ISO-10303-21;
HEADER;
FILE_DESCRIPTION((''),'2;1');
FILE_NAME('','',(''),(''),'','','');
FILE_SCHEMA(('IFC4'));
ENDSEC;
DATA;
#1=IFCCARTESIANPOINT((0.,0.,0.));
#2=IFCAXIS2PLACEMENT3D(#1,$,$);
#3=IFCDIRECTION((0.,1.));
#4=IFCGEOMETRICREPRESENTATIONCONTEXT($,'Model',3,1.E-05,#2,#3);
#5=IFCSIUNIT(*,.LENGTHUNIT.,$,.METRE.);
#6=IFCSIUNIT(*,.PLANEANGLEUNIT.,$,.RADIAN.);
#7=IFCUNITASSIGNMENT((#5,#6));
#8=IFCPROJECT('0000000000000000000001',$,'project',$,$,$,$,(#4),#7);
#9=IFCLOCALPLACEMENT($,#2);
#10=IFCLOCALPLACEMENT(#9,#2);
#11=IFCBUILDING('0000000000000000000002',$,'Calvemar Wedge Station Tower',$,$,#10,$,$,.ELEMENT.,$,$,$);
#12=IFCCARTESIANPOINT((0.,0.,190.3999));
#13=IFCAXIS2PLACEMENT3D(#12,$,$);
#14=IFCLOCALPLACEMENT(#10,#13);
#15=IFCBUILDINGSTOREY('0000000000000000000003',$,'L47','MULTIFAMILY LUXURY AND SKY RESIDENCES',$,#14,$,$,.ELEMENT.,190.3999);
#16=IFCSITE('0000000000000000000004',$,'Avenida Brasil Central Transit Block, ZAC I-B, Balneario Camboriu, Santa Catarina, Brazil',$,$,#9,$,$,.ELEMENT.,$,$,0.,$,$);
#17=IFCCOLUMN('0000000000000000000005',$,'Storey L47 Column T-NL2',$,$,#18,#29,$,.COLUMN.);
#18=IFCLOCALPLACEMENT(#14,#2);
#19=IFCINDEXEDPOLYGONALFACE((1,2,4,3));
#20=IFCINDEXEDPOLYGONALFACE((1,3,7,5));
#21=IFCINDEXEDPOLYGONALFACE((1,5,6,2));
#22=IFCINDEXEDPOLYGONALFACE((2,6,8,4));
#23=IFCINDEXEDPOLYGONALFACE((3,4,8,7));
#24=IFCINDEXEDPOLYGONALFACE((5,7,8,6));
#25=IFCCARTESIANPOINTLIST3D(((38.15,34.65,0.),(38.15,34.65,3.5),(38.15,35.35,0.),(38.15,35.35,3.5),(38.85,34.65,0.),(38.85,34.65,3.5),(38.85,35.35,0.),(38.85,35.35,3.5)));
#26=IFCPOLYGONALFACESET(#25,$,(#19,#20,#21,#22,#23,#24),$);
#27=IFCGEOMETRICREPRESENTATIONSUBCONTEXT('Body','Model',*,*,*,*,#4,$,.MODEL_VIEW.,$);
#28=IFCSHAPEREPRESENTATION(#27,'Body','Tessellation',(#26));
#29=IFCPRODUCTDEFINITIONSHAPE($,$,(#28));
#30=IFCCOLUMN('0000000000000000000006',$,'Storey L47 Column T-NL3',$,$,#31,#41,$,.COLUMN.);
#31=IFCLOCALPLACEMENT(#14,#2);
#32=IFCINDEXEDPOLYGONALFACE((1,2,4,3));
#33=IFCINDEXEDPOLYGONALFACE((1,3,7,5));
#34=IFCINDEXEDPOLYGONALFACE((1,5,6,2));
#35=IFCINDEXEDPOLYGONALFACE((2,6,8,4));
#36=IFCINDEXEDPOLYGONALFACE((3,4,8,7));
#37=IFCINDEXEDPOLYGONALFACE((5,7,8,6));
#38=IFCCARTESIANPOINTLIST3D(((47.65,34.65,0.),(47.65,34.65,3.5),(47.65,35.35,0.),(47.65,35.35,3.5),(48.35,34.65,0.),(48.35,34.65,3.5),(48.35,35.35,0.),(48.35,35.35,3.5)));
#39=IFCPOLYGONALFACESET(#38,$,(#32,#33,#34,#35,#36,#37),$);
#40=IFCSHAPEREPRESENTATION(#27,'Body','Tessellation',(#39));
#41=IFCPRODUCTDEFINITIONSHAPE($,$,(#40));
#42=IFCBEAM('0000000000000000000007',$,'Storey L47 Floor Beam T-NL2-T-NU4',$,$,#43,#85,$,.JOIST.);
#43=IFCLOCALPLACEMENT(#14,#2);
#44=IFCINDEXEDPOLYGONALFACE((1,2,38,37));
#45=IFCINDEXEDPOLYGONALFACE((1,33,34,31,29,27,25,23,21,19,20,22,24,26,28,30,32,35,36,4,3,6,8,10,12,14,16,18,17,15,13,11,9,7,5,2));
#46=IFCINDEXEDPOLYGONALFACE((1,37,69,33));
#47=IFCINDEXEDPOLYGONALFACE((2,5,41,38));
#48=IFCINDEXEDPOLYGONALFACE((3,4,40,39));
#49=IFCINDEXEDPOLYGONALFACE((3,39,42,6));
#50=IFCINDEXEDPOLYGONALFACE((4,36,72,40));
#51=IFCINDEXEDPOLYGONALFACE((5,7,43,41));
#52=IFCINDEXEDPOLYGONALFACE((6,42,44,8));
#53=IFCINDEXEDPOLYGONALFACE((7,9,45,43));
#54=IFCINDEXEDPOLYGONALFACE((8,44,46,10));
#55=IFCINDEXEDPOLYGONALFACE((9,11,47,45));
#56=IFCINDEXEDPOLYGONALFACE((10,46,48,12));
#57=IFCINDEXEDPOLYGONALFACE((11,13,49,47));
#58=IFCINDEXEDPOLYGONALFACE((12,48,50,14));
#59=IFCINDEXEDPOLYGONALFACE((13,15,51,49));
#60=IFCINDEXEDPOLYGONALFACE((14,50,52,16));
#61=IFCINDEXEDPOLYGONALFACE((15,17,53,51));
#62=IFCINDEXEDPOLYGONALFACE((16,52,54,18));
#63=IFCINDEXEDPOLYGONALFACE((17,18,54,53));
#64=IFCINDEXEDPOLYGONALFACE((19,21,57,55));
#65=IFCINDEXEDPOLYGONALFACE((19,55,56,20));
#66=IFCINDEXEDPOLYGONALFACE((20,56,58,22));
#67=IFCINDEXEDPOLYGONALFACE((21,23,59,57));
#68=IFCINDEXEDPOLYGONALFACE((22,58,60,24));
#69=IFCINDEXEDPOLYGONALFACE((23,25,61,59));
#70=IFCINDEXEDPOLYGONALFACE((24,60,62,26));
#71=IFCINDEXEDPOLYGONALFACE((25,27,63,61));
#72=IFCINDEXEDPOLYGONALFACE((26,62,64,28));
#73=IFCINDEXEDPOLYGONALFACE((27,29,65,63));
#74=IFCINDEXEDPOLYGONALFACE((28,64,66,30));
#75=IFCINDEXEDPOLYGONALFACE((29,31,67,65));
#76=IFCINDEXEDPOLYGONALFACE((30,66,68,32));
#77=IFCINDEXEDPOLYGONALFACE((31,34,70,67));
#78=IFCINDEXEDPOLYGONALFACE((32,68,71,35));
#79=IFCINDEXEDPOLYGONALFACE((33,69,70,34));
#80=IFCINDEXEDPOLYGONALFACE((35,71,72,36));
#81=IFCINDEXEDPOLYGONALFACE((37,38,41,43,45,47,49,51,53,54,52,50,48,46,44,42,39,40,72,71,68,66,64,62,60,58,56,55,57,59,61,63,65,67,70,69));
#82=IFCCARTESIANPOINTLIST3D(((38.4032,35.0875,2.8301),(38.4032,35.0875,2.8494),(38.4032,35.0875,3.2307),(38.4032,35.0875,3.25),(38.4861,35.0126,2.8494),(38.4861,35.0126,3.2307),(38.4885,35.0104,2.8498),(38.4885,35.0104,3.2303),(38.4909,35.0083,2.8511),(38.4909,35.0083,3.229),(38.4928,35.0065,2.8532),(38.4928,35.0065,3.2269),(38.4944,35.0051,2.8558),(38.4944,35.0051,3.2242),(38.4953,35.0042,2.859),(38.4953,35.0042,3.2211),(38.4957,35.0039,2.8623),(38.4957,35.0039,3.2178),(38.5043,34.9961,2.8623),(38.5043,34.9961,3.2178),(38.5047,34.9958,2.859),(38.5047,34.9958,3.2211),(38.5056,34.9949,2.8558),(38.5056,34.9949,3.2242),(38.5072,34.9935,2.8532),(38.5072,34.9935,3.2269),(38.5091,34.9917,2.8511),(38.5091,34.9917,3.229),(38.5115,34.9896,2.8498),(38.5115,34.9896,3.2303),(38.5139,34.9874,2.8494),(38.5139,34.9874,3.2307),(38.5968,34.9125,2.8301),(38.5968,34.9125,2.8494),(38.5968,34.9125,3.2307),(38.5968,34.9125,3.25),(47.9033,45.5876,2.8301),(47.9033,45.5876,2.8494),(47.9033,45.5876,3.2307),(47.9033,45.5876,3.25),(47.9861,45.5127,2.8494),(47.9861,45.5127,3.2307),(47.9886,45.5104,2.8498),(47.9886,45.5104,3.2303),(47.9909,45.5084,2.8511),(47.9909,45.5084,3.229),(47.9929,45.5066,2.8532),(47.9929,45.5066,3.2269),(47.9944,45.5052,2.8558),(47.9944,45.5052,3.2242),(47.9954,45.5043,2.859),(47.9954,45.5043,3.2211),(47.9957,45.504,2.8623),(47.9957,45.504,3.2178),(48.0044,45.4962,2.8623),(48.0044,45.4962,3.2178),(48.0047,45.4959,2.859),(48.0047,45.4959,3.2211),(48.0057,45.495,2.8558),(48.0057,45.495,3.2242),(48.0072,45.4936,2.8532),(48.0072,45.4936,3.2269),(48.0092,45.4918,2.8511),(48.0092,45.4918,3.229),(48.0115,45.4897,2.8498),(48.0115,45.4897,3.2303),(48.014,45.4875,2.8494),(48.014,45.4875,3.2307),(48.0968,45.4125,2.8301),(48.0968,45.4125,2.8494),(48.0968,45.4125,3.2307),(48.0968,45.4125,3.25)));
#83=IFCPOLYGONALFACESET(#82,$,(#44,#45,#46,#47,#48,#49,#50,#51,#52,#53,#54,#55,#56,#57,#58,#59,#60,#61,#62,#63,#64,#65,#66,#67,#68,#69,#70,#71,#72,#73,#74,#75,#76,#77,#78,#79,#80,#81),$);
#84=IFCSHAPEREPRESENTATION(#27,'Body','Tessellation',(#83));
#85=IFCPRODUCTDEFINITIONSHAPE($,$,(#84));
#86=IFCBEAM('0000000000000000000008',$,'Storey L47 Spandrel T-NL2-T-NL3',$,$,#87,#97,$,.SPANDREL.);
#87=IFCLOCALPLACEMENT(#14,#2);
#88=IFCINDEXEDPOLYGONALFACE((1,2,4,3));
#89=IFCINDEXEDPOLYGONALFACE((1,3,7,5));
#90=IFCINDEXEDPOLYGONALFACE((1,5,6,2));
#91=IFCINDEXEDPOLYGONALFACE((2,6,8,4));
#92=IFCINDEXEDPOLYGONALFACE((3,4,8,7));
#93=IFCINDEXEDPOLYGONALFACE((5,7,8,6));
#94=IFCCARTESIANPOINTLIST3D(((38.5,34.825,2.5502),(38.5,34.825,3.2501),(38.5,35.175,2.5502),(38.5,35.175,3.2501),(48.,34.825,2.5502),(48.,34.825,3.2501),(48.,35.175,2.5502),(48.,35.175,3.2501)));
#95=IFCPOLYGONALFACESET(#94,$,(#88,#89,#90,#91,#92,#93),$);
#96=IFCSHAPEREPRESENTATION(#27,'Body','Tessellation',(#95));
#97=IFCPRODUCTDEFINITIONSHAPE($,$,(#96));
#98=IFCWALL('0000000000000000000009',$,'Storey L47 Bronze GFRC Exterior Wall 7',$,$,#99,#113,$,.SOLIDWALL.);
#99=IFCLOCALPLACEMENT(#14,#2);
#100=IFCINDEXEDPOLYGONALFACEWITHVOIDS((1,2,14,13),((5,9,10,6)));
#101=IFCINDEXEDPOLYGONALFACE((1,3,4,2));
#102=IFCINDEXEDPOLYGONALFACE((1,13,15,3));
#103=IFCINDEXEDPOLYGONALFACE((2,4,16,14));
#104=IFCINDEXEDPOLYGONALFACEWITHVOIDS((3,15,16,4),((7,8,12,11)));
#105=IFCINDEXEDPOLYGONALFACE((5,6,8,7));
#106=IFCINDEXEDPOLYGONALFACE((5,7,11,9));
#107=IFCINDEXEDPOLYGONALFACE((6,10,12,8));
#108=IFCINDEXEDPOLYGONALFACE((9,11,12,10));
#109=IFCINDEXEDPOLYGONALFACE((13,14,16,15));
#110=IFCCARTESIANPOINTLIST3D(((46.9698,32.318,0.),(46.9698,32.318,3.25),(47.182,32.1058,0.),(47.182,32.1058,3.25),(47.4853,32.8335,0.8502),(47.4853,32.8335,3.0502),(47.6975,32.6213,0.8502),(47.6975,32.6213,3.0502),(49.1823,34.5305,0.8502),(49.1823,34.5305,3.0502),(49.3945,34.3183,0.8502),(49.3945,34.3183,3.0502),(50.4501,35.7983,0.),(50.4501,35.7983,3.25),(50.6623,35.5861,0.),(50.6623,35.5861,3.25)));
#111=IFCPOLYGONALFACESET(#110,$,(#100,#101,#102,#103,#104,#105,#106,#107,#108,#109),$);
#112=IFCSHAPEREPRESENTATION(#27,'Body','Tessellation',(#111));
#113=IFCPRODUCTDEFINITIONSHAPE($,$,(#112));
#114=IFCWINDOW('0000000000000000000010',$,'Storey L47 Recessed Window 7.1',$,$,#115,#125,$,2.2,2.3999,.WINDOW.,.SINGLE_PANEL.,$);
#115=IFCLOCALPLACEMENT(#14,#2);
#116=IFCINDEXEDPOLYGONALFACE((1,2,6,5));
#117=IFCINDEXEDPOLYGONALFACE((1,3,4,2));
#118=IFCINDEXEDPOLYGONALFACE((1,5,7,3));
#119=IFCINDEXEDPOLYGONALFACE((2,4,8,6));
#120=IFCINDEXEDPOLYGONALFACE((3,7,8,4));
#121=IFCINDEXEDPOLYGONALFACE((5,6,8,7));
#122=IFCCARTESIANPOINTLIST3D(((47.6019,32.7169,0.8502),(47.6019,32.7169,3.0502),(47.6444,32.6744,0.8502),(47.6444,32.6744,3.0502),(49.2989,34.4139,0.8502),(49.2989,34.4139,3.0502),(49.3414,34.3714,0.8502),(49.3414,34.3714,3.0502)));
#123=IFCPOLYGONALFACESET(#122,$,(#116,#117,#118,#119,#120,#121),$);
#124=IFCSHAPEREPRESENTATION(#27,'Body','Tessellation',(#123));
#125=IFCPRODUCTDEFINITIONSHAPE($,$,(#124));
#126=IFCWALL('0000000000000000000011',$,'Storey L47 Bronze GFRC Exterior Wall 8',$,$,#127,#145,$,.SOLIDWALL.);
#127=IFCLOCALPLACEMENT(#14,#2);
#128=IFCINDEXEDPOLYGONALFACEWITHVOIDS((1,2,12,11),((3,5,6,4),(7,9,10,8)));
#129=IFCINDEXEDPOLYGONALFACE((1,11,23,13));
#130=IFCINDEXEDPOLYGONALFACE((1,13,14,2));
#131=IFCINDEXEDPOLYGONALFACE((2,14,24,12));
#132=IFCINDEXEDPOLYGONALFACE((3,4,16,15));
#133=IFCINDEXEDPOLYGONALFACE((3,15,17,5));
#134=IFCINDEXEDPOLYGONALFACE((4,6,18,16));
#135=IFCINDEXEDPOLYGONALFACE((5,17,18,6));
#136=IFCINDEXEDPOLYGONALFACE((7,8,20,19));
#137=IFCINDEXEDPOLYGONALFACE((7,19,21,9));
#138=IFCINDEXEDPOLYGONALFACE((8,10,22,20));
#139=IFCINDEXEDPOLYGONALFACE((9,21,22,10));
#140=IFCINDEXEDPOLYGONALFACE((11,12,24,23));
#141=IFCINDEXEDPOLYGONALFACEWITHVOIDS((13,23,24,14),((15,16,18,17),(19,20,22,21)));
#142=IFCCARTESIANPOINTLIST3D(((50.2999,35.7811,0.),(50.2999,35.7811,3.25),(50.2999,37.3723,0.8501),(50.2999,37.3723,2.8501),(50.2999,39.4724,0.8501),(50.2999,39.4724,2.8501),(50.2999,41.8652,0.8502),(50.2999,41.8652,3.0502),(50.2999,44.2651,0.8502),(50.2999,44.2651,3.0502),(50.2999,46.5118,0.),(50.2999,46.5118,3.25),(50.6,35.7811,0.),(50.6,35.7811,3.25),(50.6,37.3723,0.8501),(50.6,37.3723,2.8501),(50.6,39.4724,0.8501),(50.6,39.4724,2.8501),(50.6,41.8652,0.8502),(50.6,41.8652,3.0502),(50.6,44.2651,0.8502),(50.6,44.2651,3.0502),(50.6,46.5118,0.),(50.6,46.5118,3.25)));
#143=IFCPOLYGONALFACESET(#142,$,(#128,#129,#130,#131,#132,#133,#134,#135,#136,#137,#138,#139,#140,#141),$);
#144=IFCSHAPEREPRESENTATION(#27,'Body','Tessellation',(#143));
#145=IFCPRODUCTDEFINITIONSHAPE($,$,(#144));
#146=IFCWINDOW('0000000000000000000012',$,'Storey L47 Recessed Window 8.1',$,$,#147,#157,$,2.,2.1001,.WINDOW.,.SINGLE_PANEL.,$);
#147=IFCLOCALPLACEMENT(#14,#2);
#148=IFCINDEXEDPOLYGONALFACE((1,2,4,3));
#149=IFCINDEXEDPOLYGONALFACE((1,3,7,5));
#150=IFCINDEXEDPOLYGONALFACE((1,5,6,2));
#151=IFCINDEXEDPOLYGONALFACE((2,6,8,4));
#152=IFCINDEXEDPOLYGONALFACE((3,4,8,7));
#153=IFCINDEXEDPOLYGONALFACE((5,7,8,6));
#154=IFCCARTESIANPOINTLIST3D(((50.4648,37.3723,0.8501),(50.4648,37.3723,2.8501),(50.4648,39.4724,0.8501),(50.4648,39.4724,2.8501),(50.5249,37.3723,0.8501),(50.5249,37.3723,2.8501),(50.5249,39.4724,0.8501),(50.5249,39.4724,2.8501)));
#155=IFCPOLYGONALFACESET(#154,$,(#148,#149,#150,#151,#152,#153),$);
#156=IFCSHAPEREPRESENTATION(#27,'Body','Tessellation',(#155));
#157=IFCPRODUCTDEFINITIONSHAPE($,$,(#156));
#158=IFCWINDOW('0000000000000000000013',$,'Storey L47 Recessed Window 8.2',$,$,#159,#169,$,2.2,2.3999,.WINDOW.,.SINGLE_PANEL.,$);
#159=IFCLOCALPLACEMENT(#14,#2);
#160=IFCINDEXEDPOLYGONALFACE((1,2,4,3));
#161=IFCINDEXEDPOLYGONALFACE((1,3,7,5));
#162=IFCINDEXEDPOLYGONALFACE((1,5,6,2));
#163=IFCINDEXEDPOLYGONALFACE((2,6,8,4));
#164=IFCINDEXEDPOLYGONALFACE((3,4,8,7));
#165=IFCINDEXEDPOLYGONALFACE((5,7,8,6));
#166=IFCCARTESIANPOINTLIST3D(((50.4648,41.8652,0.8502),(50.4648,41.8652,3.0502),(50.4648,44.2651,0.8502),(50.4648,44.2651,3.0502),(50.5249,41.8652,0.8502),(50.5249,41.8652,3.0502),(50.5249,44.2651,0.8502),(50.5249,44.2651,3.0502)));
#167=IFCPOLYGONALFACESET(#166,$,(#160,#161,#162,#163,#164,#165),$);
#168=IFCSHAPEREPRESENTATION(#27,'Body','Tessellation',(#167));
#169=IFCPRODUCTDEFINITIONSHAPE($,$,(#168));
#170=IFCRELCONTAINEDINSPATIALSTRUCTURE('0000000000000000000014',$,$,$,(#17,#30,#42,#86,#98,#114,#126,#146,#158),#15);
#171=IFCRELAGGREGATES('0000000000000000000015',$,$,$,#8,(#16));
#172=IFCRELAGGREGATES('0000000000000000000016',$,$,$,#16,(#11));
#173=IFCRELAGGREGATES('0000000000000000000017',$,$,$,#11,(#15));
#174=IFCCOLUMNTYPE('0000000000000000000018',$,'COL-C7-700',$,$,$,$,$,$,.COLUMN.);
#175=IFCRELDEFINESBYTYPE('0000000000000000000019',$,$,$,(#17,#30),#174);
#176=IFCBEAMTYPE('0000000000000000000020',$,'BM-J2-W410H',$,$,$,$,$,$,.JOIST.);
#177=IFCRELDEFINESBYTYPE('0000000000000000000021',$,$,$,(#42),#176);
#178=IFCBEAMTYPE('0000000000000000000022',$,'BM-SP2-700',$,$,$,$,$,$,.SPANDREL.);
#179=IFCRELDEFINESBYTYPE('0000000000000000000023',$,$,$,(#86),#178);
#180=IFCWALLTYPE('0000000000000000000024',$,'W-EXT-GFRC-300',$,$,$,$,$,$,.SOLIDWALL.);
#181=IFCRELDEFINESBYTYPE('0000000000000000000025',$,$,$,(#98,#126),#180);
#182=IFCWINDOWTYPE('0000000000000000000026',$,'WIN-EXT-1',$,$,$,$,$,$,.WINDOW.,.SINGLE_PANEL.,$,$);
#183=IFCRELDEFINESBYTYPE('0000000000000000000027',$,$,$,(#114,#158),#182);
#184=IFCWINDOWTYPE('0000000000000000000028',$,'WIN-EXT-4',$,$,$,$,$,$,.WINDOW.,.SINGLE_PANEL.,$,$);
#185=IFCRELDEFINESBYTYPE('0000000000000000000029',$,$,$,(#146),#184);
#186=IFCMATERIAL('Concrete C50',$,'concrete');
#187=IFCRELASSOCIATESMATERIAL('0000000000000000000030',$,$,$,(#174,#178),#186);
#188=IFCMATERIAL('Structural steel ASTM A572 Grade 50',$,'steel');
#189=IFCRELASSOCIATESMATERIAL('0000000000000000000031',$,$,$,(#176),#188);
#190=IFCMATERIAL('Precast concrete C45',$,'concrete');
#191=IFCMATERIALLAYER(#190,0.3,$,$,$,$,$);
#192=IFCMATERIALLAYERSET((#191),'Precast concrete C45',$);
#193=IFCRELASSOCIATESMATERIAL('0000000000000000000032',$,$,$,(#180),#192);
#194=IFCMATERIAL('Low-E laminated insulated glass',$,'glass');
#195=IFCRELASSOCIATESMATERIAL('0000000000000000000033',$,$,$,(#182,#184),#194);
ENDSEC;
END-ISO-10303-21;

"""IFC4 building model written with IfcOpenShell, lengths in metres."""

from ifc_helpers import new_model, si_unit, direction, frame, frame_2d, origin, origin_2d, place, context, subcontext, project, spatial, rectangle, i_section, extrude, source, transform, mapped, material, layer, layer_set, material_profile, profile_set, type_object, element, fill, save


model = new_model("IFC4")

# Units and contexts
model_context = context("Model", 3, precision=1e-05, world=origin(), true_north=direction((0.0, 1.0)))
body_context = subcontext(model_context, "Body", "Model", "MODEL_VIEW")
ifc_project = project(units=[si_unit("LENGTHUNIT", "METRE"), si_unit("PLANEANGLEUNIT", "RADIAN")], contexts=[model_context])

# Site, building, storey
site_placement = place(None, origin())
site = spatial("IfcSite", under=ifc_project, at=site_placement, Name="Avenida Brasil Central Transit Block, ZAC I-B, Balneario Camboriu, Santa Catarina, Brazil", CompositionType="ELEMENT", RefElevation=0.0)
building_placement = place(site_placement, origin())
building = spatial("IfcBuilding", under=site, at=building_placement, Name="Calvemar Wedge Station Tower", CompositionType="ELEMENT")
storey_placement = place(building_placement, frame((0.0, 0.0, 190.3999)))
storey = spatial("IfcBuildingStorey", under=building, at=storey_placement, Name="L47", Description="MULTIFAMILY LUXURY AND SKY RESIDENCES", CompositionType="ELEMENT", Elevation=190.3999)

# Columns
ifc_material_1 = material(Name="Concrete C50", Category="concrete")
ifc_material_profile_1 = material_profile(ifc_material_1, rectangle(XDim=0.7, YDim=0.7, at=origin_2d()), Name="RC700x700")
ifc_profile_set_1 = profile_set([ifc_material_profile_1], Name="Concrete C50")
column_type = type_object("IfcColumnType", Name="COL-C7-700", PredefinedType="COLUMN", material=ifc_profile_set_1)
shared_shape_1 = source(origin(), body_context, "Body", "SweptSolid", [
    extrude(rectangle(XDim=0.7, YDim=0.7, at=origin_2d()), origin(), (0.0, 0.0, 1.0), 3.5),
])
for number, where, z_axis, x_axis, name in (
    (1, (38.5, 35.0, 0.0), (0.0, 0.0, 1.0), (1.0, 0.0, 0.0), "Storey L47 Column T-NL2"),
    (2, (48.0, 35.0, 0.0), (0.0, 0.0, 1.0), (1.0, 0.0, 0.0), "Storey L47 Column T-NL3"),
):
    element("IfcColumn", number, at=place(storey_placement, frame(where, z_axis=z_axis, x_axis=x_axis)), inside=storey, type_object=column_type, Name=name, PredefinedType="COLUMN", context=body_context, shape_type="MappedRepresentation", body=[
        mapped(shared_shape_1, transform((0.0, 0.0, 0.0), scale=1.0)),
    ])

# Beams
ifc_material_2 = material(Name="Structural steel ASTM A572 Grade 50", Category="steel")
ifc_material_profile_2 = material_profile(ifc_material_2, i_section(OverallWidth=0.261, OverallDepth=0.4199, WebThickness=0.0117, FlangeThickness=0.0193, FilletRadius=0.0129, at=origin_2d()), Name="W410x114")
ifc_profile_set_2 = profile_set([ifc_material_profile_2], Name="Structural steel ASTM A572 Grade 50")
beam_type_1 = type_object("IfcBeamType", Name="BM-J2-W410H", PredefinedType="JOIST", material=ifc_profile_set_2)
shared_shape_2 = source(origin(), body_context, "Body", "SweptSolid", [
    extrude(i_section(OverallWidth=0.261, OverallDepth=0.4199, WebThickness=0.0117, FlangeThickness=0.0193, FilletRadius=0.0129, at=origin_2d()), origin(), (0.0, 0.0, 1.0), 14.1599),
])
beam_1_placement = place(storey_placement, frame((38.5, 35.0, 3.04), z_axis=(0.670913, 0.741536, 0.0), x_axis=(-0.741536, 0.670913, 0.0)))
element("IfcBeam", 3, at=beam_1_placement, inside=storey, type_object=beam_type_1, Name="Storey L47 Floor Beam T-NL2-T-NU4", PredefinedType="JOIST", context=body_context, shape_type="MappedRepresentation", body=[
    mapped(shared_shape_2, transform((0.0, 0.0, 0.0), scale=1.0)),
])
ifc_material_profile_3 = material_profile(ifc_material_1, rectangle(XDim=0.3501, YDim=0.7, at=origin_2d()), Name="RC350x700")
ifc_profile_set_3 = profile_set([ifc_material_profile_3], Name="Concrete C50")
beam_type_2 = type_object("IfcBeamType", Name="BM-SP2-700", PredefinedType="SPANDREL", material=ifc_profile_set_3)
shared_shape_3 = source(origin(), body_context, "Body", "SweptSolid", [
    extrude(rectangle(XDim=0.3501, YDim=0.7, at=origin_2d()), origin(), (0.0, 0.0, 1.0), 9.5),
])
beam_2_placement = place(storey_placement, frame((38.5, 35.0, 2.9001), z_axis=(1.0, 0.0, 0.0), x_axis=(0.0, 1.0, 0.0)))
element("IfcBeam", 4, at=beam_2_placement, inside=storey, type_object=beam_type_2, Name="Storey L47 Spandrel T-NL2-T-NL3", PredefinedType="SPANDREL", context=body_context, shape_type="MappedRepresentation", body=[
    mapped(shared_shape_3, transform((0.0, 0.0, 0.0), scale=1.0)),
])

# Wall, opening, window
ifc_material_3 = material(Name="Precast concrete C45", Category="concrete")
ifc_layer_1 = layer(ifc_material_3, 0.3)
ifc_layer_set_1 = layer_set([ifc_layer_1], Name="Precast concrete C45")
wall_type_1 = type_object("IfcWallType", Name="W-EXT-GFRC-300", PredefinedType="SOLIDWALL", material=ifc_layer_set_1)
wall_1_placement = place(storey_placement, frame((47.0759, 32.2119, 0.0), z_axis=(0.0, 0.0, 1.0), x_axis=(0.707107, 0.707107, 0.0)))
wall_1 = element("IfcWall", 5, at=wall_1_placement, inside=storey, type_object=wall_type_1, Name="Storey L47 Bronze GFRC Exterior Wall 7", PredefinedType="SOLIDWALL", context=body_context, shape_type="SweptSolid", body=[
    extrude(rectangle(XDim=4.9219, YDim=0.3, at=frame_2d((2.4609, 0.0))), origin(), (0.0, 0.0, 1.0), 3.25),
])
shared_shape_4 = source(origin(), body_context, "Body", "SweptSolid", [
    extrude(rectangle(XDim=2.3999, YDim=2.2, at=frame_2d((1.2, 1.1001))), frame((0.0, 0.1602, 0.0), z_axis=(0.0, -1.0, 0.0), x_axis=(1.0, 0.0, 0.0)), (0.0, 0.0, 1.0), 0.3201),
])
opening_1_placement = place(wall_1_placement, frame((0.729, 0.0, 0.8501)))
opening_1 = element("IfcOpeningElement", 6, at=opening_1_placement, cuts=wall_1, PredefinedType="OPENING", context=body_context, shape_type="MappedRepresentation", body=[
    mapped(shared_shape_4, transform((0.0, 0.0, 0.0), scale=1.0)),
])
ifc_material_4 = material(Name="Low-E laminated insulated glass", Category="glass")
window_type_1 = type_object("IfcWindowType", Name="WIN-EXT-1", PartitioningType="SINGLE_PANEL", PredefinedType="WINDOW", material=ifc_material_4)
shared_shape_5 = source(origin(), body_context, "Body", "SweptSolid", [
    extrude(rectangle(XDim=2.3999, YDim=2.2, at=frame_2d((1.2, 1.1001))), frame((0.0, -0.0149, 0.0), z_axis=(0.0, -1.0, 0.0), x_axis=(1.0, 0.0, 0.0)), (0.0, 0.0, 1.0), 0.0601),
])
window_1_placement = place(opening_1_placement, origin())
window_1 = element("IfcWindow", 7, at=window_1_placement, inside=storey, type_object=window_type_1, Name="Storey L47 Recessed Window 7.1", OverallHeight=2.2, OverallWidth=2.3999, PartitioningType="SINGLE_PANEL", PredefinedType="WINDOW", context=body_context, shape_type="MappedRepresentation", body=[
    mapped(shared_shape_5, transform((0.0, 0.0, 0.0), scale=1.0)),
])
fill(opening_1, window_1)

# Wall, openings, windows
wall_2_placement = place(storey_placement, frame((50.45, 35.7812, 0.0), z_axis=(0.0, 0.0, 1.0), x_axis=(0.0, 1.0, 0.0)))
wall_2 = element("IfcWall", 8, at=wall_2_placement, inside=storey, type_object=wall_type_1, Name="Storey L47 Bronze GFRC Exterior Wall 8", PredefinedType="SOLIDWALL", context=body_context, shape_type="SweptSolid", body=[
    extrude(rectangle(XDim=10.7307, YDim=0.3, at=frame_2d((5.3652, 0.0))), origin(), (0.0, 0.0, 1.0), 3.25),
])
shared_shape_6 = source(origin(), body_context, "Body", "SweptSolid", [
    extrude(rectangle(XDim=2.1001, YDim=2.0, at=frame_2d((1.05, 1.0))), frame((0.0, 0.1602, 0.0), z_axis=(0.0, -1.0, 0.0), x_axis=(1.0, 0.0, 0.0)), (0.0, 0.0, 1.0), 0.3201),
])
opening_2_placement = place(wall_2_placement, frame((1.5911, 0.0, 0.8501)))
opening_2 = element("IfcOpeningElement", 9, at=opening_2_placement, cuts=wall_2, PredefinedType="OPENING", context=body_context, shape_type="MappedRepresentation", body=[
    mapped(shared_shape_6, transform((0.0, 0.0, 0.0), scale=1.0)),
])
opening_3_placement = place(wall_2_placement, frame((6.084, 0.0, 0.8501)))
opening_3 = element("IfcOpeningElement", 10, at=opening_3_placement, cuts=wall_2, PredefinedType="OPENING", context=body_context, shape_type="MappedRepresentation", body=[
    mapped(shared_shape_4, transform((0.0, 0.0, 0.0), scale=1.0)),
])
window_type_2 = type_object("IfcWindowType", Name="WIN-EXT-4", PartitioningType="SINGLE_PANEL", PredefinedType="WINDOW", material=ifc_material_4)
shared_shape_7 = source(origin(), body_context, "Body", "SweptSolid", [
    extrude(rectangle(XDim=2.1001, YDim=2.0, at=frame_2d((1.05, 1.0))), frame((0.0, -0.0149, 0.0), z_axis=(0.0, -1.0, 0.0), x_axis=(1.0, 0.0, 0.0)), (0.0, 0.0, 1.0), 0.0601),
])
window_2_placement = place(opening_2_placement, origin())
window_2 = element("IfcWindow", 11, at=window_2_placement, inside=storey, type_object=window_type_2, Name="Storey L47 Recessed Window 8.1", OverallHeight=2.0, OverallWidth=2.1001, PartitioningType="SINGLE_PANEL", PredefinedType="WINDOW", context=body_context, shape_type="MappedRepresentation", body=[
    mapped(shared_shape_7, transform((0.0, 0.0, 0.0), scale=1.0)),
])
fill(opening_2, window_2)
window_3_placement = place(opening_3_placement, origin())
window_3 = element("IfcWindow", 12, at=window_3_placement, inside=storey, type_object=window_type_1, Name="Storey L47 Recessed Window 8.2", OverallHeight=2.2, OverallWidth=2.3999, PartitioningType="SINGLE_PANEL", PredefinedType="WINDOW", context=body_context, shape_type="MappedRepresentation", body=[
    mapped(shared_shape_5, transform((0.0, 0.0, 0.0), scale=1.0)),
])
fill(opening_3, window_3)

save(model, "model.ifc")
